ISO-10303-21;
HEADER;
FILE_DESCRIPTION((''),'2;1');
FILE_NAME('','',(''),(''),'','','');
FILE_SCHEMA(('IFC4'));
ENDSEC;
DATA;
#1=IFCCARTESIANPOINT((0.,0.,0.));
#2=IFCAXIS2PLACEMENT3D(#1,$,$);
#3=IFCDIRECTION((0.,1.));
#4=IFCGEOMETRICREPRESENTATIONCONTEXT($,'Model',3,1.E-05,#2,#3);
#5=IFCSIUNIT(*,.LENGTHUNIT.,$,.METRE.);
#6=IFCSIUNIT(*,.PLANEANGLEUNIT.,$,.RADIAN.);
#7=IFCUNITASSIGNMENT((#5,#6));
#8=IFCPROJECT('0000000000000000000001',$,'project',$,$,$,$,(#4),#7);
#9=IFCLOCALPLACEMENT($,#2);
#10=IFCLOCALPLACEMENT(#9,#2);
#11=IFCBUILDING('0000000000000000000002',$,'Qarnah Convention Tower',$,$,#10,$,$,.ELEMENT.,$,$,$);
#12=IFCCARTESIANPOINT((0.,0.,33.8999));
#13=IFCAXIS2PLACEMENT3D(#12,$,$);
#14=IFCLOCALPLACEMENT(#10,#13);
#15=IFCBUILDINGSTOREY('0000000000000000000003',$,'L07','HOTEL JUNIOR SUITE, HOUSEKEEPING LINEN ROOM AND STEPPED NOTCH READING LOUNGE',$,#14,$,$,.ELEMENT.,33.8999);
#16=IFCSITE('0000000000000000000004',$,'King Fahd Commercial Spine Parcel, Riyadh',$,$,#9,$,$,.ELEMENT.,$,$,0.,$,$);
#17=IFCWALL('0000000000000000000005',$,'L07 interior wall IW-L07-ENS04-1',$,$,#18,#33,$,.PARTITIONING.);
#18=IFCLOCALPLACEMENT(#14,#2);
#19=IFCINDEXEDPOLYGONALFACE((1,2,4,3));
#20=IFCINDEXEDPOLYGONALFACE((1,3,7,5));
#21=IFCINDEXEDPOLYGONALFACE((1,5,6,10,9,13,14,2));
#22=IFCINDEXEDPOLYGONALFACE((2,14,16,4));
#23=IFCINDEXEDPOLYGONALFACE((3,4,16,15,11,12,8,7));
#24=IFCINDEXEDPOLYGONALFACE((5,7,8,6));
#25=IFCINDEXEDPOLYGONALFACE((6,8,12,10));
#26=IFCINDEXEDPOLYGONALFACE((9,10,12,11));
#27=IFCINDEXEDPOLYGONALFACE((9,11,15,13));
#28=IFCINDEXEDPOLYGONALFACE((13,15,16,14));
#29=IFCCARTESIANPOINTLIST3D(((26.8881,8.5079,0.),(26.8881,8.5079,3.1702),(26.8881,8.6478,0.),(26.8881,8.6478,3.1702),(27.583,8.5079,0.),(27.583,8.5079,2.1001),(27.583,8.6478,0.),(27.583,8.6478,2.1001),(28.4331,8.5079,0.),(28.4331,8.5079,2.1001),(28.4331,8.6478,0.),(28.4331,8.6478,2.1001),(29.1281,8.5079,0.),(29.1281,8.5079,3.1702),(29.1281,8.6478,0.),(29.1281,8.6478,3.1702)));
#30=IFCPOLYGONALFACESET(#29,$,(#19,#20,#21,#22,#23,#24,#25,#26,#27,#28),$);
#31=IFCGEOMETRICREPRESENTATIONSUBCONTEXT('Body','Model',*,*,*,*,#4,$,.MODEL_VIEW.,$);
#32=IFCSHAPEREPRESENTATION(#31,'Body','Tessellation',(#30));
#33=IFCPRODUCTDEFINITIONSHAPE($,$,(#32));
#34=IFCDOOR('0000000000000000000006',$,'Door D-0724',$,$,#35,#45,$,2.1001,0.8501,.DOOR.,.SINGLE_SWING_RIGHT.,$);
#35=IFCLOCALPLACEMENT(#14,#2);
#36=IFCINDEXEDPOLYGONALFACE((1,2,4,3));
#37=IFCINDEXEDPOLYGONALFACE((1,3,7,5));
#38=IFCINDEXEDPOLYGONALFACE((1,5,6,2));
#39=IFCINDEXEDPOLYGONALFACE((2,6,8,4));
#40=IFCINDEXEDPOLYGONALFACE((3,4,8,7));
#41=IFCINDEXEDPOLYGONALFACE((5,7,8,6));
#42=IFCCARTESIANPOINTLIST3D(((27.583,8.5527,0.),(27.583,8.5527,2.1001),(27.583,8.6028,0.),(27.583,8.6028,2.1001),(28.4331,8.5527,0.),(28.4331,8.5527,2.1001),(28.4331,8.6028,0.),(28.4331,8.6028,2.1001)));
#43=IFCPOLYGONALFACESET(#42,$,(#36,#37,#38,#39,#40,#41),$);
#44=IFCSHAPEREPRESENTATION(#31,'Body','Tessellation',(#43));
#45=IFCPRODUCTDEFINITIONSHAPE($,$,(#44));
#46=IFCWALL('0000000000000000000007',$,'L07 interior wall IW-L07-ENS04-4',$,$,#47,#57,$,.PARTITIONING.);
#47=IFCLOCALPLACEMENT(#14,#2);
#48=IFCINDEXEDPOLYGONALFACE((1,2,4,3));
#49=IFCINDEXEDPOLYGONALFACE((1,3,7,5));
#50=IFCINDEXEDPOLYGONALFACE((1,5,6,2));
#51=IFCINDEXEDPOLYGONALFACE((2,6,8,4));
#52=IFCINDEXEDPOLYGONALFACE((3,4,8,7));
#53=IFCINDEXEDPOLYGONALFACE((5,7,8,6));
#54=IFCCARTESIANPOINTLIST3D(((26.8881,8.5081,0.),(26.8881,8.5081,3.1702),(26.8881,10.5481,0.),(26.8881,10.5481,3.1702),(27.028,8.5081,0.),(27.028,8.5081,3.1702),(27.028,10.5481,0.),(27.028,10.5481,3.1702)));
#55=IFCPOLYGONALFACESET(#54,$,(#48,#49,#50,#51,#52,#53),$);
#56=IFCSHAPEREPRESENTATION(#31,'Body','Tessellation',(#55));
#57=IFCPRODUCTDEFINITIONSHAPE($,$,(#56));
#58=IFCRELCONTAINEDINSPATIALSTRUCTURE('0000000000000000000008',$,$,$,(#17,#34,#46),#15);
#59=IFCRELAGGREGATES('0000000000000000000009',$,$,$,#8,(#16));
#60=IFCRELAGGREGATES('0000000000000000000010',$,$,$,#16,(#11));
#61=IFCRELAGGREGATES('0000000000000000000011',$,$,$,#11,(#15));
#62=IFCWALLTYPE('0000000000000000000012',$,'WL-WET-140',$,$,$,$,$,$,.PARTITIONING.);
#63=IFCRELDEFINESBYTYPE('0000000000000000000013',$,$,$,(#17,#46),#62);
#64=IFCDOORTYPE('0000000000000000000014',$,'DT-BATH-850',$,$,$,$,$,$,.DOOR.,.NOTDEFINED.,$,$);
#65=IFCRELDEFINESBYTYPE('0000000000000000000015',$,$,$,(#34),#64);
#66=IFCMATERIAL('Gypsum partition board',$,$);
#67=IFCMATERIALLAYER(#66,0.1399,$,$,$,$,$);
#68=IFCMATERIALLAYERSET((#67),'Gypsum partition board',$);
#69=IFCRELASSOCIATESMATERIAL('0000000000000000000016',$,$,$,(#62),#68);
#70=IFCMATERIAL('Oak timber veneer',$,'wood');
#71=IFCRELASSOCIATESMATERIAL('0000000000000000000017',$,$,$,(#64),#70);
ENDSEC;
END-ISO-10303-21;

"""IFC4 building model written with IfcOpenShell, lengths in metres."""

from ifc_helpers import new_model, si_unit, direction, frame, frame_2d, origin, place, context, subcontext, project, spatial, rectangle, extrude, material, layer, layer_set, type_object, element, fill, save


model = new_model("IFC4")

# Units and contexts
model_context = context("Model", 3, precision=1e-05, world=origin(), true_north=direction((0.0, 1.0)))
body_context = subcontext(model_context, "Body", "Model", "MODEL_VIEW")
ifc_project = project(units=[si_unit("LENGTHUNIT", "METRE"), si_unit("PLANEANGLEUNIT", "RADIAN")], contexts=[model_context])

# Site, building, storey
site_placement = place(None, origin())
site = spatial("IfcSite", under=ifc_project, at=site_placement, Name="King Fahd Commercial Spine Parcel, Riyadh", CompositionType="ELEMENT", RefElevation=0.0)
building_placement = place(site_placement, origin())
building = spatial("IfcBuilding", under=site, at=building_placement, Name="Qarnah Convention Tower", CompositionType="ELEMENT")
storey_placement = place(building_placement, frame((0.0, 0.0, 33.8999)))
storey = spatial("IfcBuildingStorey", under=building, at=storey_placement, Name="L07", Description="HOTEL JUNIOR SUITE, HOUSEKEEPING LINEN ROOM AND STEPPED NOTCH READING LOUNGE", CompositionType="ELEMENT", Elevation=33.8999)

# Shared definitions
ifc_material_1 = material(Name="Gypsum partition board")

# Wall, opening, door
ifc_material_2 = material(Name="Oak timber veneer", Category="wood")
ifc_layer_1 = layer(ifc_material_1, 0.1399)
ifc_layer_set_1 = layer_set([ifc_layer_1], Name="Gypsum partition board")
wall_type_1 = type_object("IfcWallType", Name="WL-WET-140", PredefinedType="PARTITIONING", material=ifc_layer_set_1)
wall_1_placement = place(storey_placement, frame((26.8879, 8.5779, 0.0), z_axis=(0.0, 0.0, 1.0), x_axis=(1.0, 0.0, 0.0)))
wall_1 = element("IfcWall", 1, at=wall_1_placement, inside=storey, type_object=wall_type_1, Name="L07 interior wall IW-L07-ENS04-1", PredefinedType="PARTITIONING", context=body_context, shape_type="SweptSolid", body=[
    extrude(rectangle(XDim=2.24, YDim=0.1399, at=frame_2d((1.1201, 0.0))), origin(), (0.0, 0.0, 1.0), 3.1702),
])
opening_1_placement = place(wall_1_placement, frame((0.6951, 0.0, 0.0)))
opening_1 = element("IfcOpeningElement", 2, at=opening_1_placement, cuts=wall_1, PredefinedType="OPENING", context=body_context, shape_type="SweptSolid", body=[
    extrude(rectangle(XDim=0.8501, YDim=2.1001, at=frame_2d((0.425, 1.05))), frame((0.0, 0.0798, 0.0), z_axis=(0.0, -1.0, 0.0), x_axis=(1.0, 0.0, 0.0)), (0.0, 0.0, 1.0), 0.1599),
])
door_type_1 = type_object("IfcDoorType", Name="DT-BATH-850", OperationType="NOTDEFINED", PredefinedType="DOOR", material=ifc_material_2)
door_1_placement = place(opening_1_placement, origin())
door_1 = element("IfcDoor", 3, at=door_1_placement, inside=storey, type_object=door_type_1, Name="Door D-0724", OperationType="SINGLE_SWING_RIGHT", OverallHeight=2.1001, OverallWidth=0.8501, PredefinedType="DOOR", context=body_context, shape_type="SweptSolid", body=[
    extrude(rectangle(XDim=0.8501, YDim=2.1001, at=frame_2d((0.425, 1.05))), frame((0.0, 0.0249, 0.0), z_axis=(0.0, -1.0, 0.0), x_axis=(1.0, 0.0, 0.0)), (0.0, 0.0, 1.0), 0.05),
])
fill(opening_1, door_1)

# Wall
wall_2_placement = place(storey_placement, frame((26.958, 10.5481, 0.0), z_axis=(0.0, 0.0, 1.0), x_axis=(0.0, -1.0, 0.0)))
element("IfcWall", 4, at=wall_2_placement, inside=storey, type_object=wall_type_1, Name="L07 interior wall IW-L07-ENS04-4", PredefinedType="PARTITIONING", context=body_context, shape_type="SweptSolid", body=[
    extrude(rectangle(XDim=2.04, YDim=0.1399, at=frame_2d((1.02, 0.0))), origin(), (0.0, 0.0, 1.0), 3.1702),
])

save(model, "model.ifc")
